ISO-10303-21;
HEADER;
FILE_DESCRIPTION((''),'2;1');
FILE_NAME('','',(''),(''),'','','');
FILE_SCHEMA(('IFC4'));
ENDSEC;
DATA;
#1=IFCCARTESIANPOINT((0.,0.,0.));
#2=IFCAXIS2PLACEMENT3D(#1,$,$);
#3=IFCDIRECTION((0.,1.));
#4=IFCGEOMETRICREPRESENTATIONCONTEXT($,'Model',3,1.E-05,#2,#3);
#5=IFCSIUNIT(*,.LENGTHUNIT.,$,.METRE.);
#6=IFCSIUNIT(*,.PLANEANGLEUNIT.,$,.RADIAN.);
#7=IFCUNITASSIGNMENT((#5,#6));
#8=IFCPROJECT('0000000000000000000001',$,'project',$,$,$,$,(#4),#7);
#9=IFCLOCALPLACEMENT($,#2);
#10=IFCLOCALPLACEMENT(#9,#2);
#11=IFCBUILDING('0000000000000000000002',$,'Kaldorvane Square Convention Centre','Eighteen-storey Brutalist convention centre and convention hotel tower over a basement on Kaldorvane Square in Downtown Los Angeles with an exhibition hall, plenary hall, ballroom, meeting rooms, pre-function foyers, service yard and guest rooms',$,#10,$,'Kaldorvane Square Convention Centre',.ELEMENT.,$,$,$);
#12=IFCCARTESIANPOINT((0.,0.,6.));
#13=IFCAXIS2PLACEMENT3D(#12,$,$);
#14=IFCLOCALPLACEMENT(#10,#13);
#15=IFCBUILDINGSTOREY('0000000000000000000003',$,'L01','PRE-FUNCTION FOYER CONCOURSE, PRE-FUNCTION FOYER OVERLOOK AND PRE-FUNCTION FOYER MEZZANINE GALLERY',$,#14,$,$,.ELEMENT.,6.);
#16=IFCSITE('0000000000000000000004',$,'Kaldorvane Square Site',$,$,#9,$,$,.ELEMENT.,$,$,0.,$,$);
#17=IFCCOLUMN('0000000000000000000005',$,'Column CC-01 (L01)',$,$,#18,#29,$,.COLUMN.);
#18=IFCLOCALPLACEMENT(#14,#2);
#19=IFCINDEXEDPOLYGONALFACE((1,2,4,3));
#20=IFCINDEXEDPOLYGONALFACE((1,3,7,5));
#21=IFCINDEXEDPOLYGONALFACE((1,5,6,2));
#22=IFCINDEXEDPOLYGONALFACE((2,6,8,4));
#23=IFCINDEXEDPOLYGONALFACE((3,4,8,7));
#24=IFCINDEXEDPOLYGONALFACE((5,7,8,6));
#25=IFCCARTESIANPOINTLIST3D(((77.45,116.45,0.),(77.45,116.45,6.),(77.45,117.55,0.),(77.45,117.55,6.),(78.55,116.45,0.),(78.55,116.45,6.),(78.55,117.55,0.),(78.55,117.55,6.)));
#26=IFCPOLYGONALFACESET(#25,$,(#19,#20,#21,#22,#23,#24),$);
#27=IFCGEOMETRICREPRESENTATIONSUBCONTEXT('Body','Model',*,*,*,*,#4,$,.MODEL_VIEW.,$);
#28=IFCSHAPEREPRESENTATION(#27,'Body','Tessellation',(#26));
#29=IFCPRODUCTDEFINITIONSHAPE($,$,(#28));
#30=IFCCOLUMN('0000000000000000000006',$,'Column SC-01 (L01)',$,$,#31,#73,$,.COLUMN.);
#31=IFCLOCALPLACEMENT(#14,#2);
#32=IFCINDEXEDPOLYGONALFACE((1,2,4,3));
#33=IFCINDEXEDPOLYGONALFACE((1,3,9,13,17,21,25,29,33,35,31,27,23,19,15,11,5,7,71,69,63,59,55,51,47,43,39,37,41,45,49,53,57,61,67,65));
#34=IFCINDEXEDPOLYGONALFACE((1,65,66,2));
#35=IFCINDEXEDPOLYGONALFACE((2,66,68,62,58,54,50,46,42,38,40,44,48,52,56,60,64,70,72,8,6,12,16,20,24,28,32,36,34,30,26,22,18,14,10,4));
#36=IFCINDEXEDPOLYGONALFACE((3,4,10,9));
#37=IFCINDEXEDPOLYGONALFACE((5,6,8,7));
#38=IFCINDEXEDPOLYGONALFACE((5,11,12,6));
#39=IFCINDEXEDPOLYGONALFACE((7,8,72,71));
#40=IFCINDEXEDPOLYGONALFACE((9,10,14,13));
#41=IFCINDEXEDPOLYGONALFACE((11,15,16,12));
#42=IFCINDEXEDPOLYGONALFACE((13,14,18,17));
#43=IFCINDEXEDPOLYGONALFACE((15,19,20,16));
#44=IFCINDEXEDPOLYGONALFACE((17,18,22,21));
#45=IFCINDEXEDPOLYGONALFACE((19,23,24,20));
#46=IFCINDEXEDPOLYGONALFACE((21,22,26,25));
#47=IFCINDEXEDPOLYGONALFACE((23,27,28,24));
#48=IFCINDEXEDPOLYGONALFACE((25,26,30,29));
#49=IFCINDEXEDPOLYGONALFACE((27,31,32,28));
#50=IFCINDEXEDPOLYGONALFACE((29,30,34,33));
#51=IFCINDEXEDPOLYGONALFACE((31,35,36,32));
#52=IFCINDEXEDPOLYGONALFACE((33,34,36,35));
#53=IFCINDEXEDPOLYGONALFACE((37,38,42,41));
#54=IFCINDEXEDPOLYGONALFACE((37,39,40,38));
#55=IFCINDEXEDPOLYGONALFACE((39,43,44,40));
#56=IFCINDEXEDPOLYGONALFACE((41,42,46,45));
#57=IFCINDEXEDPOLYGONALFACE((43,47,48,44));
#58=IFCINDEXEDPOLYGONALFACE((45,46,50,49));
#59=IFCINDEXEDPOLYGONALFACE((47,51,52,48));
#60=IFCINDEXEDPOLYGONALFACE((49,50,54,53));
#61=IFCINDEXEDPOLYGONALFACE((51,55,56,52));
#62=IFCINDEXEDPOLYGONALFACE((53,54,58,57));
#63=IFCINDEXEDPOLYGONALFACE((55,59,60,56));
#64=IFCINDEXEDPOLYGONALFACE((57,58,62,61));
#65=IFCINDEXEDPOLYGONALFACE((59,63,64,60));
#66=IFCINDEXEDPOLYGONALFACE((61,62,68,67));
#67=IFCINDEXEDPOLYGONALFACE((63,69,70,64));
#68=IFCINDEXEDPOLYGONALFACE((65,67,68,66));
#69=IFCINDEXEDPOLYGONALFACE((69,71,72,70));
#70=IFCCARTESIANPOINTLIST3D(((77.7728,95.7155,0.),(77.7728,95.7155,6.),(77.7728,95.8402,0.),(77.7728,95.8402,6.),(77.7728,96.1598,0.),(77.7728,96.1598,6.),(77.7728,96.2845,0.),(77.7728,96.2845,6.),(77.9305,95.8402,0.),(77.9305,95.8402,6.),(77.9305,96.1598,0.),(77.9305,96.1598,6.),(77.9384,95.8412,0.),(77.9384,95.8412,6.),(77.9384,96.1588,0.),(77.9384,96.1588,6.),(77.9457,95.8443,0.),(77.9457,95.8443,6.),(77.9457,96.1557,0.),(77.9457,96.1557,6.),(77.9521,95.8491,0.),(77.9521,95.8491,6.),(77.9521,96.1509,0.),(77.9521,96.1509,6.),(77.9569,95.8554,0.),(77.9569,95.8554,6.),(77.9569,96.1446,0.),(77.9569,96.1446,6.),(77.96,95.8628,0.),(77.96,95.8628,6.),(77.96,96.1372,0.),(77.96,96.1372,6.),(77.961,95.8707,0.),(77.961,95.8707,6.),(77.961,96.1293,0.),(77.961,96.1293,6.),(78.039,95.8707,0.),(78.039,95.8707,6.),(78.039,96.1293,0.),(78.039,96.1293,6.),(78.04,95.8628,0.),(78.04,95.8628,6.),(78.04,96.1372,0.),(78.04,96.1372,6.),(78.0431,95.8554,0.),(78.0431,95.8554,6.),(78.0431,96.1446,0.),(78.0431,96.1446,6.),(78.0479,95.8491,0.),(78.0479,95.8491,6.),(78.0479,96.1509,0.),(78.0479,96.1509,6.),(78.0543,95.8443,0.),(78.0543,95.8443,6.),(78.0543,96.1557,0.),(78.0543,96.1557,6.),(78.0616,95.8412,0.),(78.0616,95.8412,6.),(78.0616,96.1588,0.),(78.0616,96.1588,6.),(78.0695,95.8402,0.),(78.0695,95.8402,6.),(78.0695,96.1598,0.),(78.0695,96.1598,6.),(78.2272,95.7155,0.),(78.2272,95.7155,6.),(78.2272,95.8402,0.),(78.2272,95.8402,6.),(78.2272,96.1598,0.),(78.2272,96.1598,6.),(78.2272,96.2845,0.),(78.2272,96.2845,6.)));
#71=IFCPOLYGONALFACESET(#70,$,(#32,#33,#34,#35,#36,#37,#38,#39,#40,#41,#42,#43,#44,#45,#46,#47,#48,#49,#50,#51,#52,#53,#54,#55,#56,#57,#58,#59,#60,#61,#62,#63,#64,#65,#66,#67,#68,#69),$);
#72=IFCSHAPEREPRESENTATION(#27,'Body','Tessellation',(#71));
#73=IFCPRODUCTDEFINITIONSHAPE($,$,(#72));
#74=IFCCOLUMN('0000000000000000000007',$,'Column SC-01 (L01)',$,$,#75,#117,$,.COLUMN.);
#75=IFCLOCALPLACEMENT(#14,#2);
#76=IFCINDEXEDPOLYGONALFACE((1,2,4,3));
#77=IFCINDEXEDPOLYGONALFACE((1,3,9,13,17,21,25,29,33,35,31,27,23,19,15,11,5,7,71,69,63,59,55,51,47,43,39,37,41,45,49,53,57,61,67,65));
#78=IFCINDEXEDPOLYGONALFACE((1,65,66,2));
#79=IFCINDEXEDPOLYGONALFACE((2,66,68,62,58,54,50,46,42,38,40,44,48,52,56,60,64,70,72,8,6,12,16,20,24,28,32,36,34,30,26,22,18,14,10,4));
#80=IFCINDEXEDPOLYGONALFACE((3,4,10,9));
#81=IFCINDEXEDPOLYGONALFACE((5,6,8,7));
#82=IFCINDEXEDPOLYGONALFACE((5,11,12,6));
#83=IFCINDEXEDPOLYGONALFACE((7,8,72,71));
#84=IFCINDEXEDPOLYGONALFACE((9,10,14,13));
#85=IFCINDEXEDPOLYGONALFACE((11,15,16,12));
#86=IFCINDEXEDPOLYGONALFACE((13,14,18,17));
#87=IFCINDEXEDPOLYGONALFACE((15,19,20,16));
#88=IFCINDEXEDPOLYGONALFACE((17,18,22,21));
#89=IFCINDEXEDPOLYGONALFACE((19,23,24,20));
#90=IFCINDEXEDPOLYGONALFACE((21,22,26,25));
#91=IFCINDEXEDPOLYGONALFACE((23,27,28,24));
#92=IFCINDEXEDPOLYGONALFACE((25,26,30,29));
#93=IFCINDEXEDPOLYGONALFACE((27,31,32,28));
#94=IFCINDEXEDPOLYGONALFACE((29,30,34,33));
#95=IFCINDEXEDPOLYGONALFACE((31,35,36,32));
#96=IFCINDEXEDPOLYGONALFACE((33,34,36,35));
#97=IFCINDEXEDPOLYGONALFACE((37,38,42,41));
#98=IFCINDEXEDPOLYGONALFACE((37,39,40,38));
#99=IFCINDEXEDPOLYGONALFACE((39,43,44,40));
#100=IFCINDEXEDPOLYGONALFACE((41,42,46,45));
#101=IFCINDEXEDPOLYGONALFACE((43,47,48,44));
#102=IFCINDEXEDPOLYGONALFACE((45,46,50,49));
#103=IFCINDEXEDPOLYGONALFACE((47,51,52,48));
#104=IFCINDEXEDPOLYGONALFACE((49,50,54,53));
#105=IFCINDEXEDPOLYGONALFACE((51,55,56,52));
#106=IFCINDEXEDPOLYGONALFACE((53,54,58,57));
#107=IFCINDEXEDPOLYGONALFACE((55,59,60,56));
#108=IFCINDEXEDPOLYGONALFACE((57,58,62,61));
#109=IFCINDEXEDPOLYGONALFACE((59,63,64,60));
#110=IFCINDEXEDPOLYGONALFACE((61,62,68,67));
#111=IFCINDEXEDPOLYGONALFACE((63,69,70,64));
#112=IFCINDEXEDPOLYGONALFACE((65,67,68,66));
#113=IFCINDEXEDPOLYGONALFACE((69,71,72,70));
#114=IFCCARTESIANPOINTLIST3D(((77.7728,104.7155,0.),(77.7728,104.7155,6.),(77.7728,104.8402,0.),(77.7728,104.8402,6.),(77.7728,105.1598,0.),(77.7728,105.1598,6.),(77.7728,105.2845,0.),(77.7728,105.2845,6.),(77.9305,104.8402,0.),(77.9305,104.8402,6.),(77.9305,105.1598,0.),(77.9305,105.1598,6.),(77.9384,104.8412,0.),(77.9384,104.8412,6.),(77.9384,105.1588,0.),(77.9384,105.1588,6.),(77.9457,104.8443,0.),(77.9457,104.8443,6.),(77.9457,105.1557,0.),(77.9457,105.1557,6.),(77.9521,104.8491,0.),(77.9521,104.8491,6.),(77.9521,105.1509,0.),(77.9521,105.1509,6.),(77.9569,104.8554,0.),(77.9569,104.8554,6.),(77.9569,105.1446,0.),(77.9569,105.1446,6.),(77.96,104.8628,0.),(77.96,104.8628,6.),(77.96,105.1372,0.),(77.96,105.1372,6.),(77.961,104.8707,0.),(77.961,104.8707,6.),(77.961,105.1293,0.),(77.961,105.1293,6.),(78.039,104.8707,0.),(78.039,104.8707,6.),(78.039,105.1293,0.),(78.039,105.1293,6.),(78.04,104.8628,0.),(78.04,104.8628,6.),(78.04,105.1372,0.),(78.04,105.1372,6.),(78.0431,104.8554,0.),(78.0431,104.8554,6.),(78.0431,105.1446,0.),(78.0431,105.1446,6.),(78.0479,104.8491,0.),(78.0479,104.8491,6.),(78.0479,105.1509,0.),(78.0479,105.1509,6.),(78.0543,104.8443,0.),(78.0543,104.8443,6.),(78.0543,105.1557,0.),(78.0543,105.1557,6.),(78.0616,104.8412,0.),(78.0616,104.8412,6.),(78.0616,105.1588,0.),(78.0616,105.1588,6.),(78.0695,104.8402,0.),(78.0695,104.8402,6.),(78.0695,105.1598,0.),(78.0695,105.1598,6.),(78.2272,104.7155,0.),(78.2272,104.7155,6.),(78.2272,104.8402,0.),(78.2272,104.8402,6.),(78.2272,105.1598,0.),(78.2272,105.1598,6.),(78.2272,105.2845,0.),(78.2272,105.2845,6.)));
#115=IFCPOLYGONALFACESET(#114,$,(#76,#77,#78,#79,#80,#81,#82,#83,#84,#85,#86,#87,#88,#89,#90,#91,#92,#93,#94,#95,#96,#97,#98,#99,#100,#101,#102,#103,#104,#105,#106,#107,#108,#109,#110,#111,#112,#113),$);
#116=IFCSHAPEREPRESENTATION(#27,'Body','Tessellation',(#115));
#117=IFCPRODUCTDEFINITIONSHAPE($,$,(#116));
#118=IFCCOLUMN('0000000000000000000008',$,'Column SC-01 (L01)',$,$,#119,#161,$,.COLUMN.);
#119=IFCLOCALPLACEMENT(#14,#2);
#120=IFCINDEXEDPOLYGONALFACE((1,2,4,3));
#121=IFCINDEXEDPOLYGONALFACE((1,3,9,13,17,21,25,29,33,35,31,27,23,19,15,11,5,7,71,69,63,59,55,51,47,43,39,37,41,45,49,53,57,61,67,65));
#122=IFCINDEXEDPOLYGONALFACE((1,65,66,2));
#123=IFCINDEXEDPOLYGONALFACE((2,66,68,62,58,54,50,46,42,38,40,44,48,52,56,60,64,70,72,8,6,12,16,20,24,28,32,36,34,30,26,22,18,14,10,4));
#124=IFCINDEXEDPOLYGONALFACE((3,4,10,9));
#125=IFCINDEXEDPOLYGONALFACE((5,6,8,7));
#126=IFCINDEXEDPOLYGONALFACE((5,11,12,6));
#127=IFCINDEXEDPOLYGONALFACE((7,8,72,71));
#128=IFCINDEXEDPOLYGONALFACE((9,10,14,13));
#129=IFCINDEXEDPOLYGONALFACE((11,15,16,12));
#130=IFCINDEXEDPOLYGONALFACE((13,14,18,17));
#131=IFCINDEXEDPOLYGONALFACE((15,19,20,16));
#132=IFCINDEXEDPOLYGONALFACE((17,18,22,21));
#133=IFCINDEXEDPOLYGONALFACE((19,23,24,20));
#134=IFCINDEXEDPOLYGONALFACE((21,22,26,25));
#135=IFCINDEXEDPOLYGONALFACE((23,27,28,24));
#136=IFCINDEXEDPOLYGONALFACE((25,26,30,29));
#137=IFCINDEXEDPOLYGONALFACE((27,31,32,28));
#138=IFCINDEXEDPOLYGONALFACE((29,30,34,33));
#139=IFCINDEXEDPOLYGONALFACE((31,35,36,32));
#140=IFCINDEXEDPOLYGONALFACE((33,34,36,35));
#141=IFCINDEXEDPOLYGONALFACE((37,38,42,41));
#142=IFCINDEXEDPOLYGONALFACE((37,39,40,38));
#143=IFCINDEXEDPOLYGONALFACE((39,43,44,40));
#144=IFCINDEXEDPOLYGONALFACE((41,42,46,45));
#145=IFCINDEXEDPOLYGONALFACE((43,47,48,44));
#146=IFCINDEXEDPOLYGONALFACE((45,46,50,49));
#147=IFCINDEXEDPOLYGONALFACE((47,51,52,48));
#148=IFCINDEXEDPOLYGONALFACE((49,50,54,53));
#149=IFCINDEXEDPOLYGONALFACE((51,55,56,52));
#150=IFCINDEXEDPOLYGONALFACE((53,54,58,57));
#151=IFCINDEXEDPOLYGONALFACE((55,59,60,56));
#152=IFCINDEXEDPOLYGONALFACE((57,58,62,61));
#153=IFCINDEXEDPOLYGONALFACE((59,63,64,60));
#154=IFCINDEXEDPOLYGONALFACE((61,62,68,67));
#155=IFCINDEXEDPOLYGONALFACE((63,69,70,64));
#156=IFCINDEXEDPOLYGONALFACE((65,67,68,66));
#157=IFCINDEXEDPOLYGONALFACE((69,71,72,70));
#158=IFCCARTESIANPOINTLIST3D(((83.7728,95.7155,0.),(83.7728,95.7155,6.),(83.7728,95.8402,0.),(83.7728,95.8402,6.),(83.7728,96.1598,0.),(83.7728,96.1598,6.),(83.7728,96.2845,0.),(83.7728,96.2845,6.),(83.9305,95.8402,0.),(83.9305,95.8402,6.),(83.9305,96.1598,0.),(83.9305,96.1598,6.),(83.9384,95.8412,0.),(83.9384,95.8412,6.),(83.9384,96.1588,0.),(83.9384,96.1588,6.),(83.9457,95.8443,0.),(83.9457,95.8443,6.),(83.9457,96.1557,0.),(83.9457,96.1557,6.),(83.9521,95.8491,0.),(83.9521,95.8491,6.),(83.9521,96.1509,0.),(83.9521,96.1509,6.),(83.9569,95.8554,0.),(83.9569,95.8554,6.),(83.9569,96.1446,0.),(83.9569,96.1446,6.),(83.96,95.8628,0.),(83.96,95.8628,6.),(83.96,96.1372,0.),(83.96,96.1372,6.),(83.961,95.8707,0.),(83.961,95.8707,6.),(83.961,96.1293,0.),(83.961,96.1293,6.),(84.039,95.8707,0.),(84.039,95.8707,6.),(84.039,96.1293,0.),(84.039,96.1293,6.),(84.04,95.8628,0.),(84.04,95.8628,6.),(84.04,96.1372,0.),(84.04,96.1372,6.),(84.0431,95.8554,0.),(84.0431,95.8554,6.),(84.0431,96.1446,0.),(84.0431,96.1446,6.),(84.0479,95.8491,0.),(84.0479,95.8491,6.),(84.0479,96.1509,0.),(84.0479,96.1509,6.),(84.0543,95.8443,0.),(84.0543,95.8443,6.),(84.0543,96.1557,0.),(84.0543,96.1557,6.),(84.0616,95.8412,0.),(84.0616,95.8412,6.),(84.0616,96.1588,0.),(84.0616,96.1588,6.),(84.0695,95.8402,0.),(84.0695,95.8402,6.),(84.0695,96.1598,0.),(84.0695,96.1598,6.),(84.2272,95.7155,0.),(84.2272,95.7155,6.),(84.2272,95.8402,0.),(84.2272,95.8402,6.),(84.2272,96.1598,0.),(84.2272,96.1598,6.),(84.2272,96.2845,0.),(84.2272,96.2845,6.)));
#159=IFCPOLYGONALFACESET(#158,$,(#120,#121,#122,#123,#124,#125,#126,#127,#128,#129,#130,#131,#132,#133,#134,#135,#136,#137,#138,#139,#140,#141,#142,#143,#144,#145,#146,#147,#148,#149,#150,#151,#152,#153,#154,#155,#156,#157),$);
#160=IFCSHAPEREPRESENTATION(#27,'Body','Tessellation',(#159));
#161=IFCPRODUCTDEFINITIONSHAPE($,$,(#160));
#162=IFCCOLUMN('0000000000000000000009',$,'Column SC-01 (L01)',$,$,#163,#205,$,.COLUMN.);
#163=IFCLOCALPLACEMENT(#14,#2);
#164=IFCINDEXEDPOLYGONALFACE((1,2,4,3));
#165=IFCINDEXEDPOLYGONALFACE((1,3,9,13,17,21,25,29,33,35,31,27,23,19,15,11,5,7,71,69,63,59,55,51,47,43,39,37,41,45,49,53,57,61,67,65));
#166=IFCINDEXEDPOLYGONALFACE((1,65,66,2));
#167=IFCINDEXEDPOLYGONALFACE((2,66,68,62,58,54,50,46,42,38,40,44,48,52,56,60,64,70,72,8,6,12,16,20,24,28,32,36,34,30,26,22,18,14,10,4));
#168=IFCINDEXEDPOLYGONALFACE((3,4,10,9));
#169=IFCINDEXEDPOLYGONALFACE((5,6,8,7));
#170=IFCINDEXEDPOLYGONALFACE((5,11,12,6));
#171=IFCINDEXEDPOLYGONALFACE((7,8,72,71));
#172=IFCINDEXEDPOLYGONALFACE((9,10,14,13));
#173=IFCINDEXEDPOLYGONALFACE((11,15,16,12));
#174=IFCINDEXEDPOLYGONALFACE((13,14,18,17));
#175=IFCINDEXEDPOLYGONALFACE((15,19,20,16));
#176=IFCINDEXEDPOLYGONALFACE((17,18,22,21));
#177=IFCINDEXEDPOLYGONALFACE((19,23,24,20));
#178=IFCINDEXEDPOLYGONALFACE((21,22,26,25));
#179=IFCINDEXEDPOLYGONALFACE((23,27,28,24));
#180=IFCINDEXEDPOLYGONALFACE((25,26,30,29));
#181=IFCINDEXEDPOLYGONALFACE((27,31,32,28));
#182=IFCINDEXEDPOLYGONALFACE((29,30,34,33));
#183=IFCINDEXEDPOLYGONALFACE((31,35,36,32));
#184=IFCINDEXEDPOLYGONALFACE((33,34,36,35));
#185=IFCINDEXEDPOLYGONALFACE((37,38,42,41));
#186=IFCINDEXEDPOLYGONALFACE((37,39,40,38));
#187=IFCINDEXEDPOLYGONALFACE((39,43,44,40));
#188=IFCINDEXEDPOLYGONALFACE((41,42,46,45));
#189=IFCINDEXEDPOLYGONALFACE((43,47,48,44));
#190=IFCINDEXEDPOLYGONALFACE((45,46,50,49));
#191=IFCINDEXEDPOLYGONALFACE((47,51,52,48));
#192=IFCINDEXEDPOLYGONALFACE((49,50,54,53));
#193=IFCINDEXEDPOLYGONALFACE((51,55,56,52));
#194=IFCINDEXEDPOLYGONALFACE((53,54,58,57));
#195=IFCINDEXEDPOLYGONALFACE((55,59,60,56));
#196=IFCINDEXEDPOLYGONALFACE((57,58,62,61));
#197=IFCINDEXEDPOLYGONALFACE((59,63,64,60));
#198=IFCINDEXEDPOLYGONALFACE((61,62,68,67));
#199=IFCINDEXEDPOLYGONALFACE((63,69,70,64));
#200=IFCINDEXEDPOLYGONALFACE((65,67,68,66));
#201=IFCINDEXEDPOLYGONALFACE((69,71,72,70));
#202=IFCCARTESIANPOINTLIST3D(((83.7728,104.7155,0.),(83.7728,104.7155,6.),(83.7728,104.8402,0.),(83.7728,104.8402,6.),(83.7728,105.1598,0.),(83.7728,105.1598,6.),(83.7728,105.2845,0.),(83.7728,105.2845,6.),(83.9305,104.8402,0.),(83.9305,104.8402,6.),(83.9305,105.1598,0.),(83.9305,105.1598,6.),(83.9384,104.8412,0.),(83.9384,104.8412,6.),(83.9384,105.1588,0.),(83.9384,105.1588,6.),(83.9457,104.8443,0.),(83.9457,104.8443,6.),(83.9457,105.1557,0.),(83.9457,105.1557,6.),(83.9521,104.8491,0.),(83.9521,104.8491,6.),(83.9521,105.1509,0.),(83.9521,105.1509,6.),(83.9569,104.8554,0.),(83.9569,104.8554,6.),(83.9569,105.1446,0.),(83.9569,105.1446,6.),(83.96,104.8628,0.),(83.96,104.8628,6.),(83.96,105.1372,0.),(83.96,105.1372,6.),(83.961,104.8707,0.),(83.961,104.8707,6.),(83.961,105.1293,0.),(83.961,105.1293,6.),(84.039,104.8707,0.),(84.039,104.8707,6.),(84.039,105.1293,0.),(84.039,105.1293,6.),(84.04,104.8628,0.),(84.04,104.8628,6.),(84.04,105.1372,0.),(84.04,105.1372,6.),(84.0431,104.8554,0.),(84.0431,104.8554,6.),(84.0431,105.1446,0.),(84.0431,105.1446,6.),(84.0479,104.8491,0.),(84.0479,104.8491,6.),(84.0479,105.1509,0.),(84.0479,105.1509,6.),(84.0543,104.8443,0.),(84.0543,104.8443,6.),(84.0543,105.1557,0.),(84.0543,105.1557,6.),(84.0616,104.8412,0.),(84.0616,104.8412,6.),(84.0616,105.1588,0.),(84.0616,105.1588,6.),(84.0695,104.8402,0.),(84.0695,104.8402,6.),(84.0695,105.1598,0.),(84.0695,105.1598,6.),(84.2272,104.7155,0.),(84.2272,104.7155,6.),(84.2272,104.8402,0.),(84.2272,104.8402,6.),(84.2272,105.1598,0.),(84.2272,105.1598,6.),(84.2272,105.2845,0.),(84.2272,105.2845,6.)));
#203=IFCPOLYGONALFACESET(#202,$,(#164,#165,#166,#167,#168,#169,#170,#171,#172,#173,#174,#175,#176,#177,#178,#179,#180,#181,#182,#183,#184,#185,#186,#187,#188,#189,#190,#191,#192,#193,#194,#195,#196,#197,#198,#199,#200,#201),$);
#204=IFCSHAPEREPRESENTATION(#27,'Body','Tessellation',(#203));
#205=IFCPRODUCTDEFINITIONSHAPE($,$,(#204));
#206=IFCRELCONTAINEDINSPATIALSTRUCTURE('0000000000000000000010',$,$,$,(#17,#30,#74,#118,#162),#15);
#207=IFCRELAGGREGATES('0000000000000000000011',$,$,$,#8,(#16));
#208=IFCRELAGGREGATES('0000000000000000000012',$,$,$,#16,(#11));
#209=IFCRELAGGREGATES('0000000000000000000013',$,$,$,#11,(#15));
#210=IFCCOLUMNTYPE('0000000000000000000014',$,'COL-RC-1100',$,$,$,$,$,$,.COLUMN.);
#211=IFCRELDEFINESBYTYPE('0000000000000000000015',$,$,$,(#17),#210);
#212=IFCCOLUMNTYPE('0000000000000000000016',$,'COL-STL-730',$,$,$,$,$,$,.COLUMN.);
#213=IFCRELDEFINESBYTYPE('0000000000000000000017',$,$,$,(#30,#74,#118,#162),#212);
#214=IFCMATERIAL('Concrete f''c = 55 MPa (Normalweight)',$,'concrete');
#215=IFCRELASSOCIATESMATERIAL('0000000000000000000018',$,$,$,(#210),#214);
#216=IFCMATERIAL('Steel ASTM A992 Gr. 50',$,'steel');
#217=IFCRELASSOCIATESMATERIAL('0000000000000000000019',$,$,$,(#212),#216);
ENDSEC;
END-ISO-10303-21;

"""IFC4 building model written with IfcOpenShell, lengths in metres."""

from ifc_helpers import new_model, si_unit, direction, frame, origin, origin_2d, place, context, subcontext, project, spatial, rectangle, i_section, extrude, material, material_profile, profile_set, type_object, element, save


model = new_model("IFC4")

# Units and contexts
model_context = context("Model", 3, precision=1e-05, world=origin(), true_north=direction((0.0, 1.0)))
body_context = subcontext(model_context, "Body", "Model", "MODEL_VIEW")
ifc_project = project(units=[si_unit("LENGTHUNIT", "METRE"), si_unit("PLANEANGLEUNIT", "RADIAN")], contexts=[model_context])

# Site, building, storey
site_placement = place(None, origin())
site = spatial("IfcSite", under=ifc_project, at=site_placement, Name="Kaldorvane Square Site", CompositionType="ELEMENT", RefElevation=0.0)
building_placement = place(site_placement, origin())
building = spatial("IfcBuilding", under=site, at=building_placement, Name="Kaldorvane Square Convention Centre", Description="Eighteen-storey Brutalist convention centre and convention hotel tower over a basement on Kaldorvane Square in Downtown Los Angeles with an exhibition hall, plenary hall, ballroom, meeting rooms, pre-function foyers, service yard and guest rooms", LongName="Kaldorvane Square Convention Centre", CompositionType="ELEMENT")
storey_placement = place(building_placement, frame((0.0, 0.0, 6.0)))
storey = spatial("IfcBuildingStorey", under=building, at=storey_placement, Name="L01", Description="PRE-FUNCTION FOYER CONCOURSE, PRE-FUNCTION FOYER OVERLOOK AND PRE-FUNCTION FOYER MEZZANINE GALLERY", CompositionType="ELEMENT", Elevation=6.0)

# Columns
ifc_material_1 = material(Name="Concrete f'c = 55 MPa (Normalweight)", Category="concrete")
ifc_material_profile_1 = material_profile(ifc_material_1, rectangle(XDim=1.1, YDim=1.1, at=origin_2d()), Name="RC1100X1100")
ifc_profile_set_1 = profile_set([ifc_material_profile_1], Name="Concrete f'c = 55 MPa (Normalweight)")
column_type_1 = type_object("IfcColumnType", Name="COL-RC-1100", PredefinedType="COLUMN", material=ifc_profile_set_1)
column_1_placement = place(storey_placement, frame((78.0, 117.0, 0.0), z_axis=(0.0, 0.0, 1.0), x_axis=(1.0, 0.0, 0.0)))
element("IfcColumn", 1, at=column_1_placement, inside=storey, type_object=column_type_1, Name="Column CC-01 (L01)", PredefinedType="COLUMN", context=body_context, shape_type="SweptSolid", body=[
    extrude(rectangle(XDim=1.1, YDim=1.1, at=origin_2d()), origin(), (0.0, 0.0, 1.0), 6.0),
])
ifc_material_2 = material(Name="Steel ASTM A992 Gr. 50", Category="steel")
ifc_material_profile_2 = material_profile(ifc_material_2, i_section(OverallWidth=0.4544, OverallDepth=0.569, WebThickness=0.078, FlangeThickness=0.1247, FilletRadius=0.0305, at=origin_2d()), Name="W14X730")
ifc_profile_set_2 = profile_set([ifc_material_profile_2], Name="Steel ASTM A992 Gr. 50")
column_type_2 = type_object("IfcColumnType", Name="COL-STL-730", PredefinedType="COLUMN", material=ifc_profile_set_2)
for number, where, z_axis, x_axis, name in (
    (2, (78.0, 96.0, 0.0), (0.0, 0.0, 1.0), (1.0, 0.0, 0.0), "Column SC-01 (L01)"),
    (3, (78.0, 105.0, 0.0), (0.0, 0.0, 1.0), (1.0, 0.0, 0.0), "Column SC-01 (L01)"),
    (4, (84.0, 96.0, 0.0), (0.0, 0.0, 1.0), (1.0, 0.0, 0.0), "Column SC-01 (L01)"),
    (5, (84.0, 105.0, 0.0), (0.0, 0.0, 1.0), (1.0, 0.0, 0.0), "Column SC-01 (L01)"),
):
    element("IfcColumn", number, at=place(storey_placement, frame(where, z_axis=z_axis, x_axis=x_axis)), inside=storey, type_object=column_type_2, Name=name, PredefinedType="COLUMN", context=body_context, shape_type="SweptSolid", body=[
        extrude(i_section(OverallWidth=0.4544, OverallDepth=0.569, WebThickness=0.078, FlangeThickness=0.1247, FilletRadius=0.0305, at=origin_2d()), origin(), (0.0, 0.0, 1.0), 6.0),
    ])

save(model, "model.ifc")
